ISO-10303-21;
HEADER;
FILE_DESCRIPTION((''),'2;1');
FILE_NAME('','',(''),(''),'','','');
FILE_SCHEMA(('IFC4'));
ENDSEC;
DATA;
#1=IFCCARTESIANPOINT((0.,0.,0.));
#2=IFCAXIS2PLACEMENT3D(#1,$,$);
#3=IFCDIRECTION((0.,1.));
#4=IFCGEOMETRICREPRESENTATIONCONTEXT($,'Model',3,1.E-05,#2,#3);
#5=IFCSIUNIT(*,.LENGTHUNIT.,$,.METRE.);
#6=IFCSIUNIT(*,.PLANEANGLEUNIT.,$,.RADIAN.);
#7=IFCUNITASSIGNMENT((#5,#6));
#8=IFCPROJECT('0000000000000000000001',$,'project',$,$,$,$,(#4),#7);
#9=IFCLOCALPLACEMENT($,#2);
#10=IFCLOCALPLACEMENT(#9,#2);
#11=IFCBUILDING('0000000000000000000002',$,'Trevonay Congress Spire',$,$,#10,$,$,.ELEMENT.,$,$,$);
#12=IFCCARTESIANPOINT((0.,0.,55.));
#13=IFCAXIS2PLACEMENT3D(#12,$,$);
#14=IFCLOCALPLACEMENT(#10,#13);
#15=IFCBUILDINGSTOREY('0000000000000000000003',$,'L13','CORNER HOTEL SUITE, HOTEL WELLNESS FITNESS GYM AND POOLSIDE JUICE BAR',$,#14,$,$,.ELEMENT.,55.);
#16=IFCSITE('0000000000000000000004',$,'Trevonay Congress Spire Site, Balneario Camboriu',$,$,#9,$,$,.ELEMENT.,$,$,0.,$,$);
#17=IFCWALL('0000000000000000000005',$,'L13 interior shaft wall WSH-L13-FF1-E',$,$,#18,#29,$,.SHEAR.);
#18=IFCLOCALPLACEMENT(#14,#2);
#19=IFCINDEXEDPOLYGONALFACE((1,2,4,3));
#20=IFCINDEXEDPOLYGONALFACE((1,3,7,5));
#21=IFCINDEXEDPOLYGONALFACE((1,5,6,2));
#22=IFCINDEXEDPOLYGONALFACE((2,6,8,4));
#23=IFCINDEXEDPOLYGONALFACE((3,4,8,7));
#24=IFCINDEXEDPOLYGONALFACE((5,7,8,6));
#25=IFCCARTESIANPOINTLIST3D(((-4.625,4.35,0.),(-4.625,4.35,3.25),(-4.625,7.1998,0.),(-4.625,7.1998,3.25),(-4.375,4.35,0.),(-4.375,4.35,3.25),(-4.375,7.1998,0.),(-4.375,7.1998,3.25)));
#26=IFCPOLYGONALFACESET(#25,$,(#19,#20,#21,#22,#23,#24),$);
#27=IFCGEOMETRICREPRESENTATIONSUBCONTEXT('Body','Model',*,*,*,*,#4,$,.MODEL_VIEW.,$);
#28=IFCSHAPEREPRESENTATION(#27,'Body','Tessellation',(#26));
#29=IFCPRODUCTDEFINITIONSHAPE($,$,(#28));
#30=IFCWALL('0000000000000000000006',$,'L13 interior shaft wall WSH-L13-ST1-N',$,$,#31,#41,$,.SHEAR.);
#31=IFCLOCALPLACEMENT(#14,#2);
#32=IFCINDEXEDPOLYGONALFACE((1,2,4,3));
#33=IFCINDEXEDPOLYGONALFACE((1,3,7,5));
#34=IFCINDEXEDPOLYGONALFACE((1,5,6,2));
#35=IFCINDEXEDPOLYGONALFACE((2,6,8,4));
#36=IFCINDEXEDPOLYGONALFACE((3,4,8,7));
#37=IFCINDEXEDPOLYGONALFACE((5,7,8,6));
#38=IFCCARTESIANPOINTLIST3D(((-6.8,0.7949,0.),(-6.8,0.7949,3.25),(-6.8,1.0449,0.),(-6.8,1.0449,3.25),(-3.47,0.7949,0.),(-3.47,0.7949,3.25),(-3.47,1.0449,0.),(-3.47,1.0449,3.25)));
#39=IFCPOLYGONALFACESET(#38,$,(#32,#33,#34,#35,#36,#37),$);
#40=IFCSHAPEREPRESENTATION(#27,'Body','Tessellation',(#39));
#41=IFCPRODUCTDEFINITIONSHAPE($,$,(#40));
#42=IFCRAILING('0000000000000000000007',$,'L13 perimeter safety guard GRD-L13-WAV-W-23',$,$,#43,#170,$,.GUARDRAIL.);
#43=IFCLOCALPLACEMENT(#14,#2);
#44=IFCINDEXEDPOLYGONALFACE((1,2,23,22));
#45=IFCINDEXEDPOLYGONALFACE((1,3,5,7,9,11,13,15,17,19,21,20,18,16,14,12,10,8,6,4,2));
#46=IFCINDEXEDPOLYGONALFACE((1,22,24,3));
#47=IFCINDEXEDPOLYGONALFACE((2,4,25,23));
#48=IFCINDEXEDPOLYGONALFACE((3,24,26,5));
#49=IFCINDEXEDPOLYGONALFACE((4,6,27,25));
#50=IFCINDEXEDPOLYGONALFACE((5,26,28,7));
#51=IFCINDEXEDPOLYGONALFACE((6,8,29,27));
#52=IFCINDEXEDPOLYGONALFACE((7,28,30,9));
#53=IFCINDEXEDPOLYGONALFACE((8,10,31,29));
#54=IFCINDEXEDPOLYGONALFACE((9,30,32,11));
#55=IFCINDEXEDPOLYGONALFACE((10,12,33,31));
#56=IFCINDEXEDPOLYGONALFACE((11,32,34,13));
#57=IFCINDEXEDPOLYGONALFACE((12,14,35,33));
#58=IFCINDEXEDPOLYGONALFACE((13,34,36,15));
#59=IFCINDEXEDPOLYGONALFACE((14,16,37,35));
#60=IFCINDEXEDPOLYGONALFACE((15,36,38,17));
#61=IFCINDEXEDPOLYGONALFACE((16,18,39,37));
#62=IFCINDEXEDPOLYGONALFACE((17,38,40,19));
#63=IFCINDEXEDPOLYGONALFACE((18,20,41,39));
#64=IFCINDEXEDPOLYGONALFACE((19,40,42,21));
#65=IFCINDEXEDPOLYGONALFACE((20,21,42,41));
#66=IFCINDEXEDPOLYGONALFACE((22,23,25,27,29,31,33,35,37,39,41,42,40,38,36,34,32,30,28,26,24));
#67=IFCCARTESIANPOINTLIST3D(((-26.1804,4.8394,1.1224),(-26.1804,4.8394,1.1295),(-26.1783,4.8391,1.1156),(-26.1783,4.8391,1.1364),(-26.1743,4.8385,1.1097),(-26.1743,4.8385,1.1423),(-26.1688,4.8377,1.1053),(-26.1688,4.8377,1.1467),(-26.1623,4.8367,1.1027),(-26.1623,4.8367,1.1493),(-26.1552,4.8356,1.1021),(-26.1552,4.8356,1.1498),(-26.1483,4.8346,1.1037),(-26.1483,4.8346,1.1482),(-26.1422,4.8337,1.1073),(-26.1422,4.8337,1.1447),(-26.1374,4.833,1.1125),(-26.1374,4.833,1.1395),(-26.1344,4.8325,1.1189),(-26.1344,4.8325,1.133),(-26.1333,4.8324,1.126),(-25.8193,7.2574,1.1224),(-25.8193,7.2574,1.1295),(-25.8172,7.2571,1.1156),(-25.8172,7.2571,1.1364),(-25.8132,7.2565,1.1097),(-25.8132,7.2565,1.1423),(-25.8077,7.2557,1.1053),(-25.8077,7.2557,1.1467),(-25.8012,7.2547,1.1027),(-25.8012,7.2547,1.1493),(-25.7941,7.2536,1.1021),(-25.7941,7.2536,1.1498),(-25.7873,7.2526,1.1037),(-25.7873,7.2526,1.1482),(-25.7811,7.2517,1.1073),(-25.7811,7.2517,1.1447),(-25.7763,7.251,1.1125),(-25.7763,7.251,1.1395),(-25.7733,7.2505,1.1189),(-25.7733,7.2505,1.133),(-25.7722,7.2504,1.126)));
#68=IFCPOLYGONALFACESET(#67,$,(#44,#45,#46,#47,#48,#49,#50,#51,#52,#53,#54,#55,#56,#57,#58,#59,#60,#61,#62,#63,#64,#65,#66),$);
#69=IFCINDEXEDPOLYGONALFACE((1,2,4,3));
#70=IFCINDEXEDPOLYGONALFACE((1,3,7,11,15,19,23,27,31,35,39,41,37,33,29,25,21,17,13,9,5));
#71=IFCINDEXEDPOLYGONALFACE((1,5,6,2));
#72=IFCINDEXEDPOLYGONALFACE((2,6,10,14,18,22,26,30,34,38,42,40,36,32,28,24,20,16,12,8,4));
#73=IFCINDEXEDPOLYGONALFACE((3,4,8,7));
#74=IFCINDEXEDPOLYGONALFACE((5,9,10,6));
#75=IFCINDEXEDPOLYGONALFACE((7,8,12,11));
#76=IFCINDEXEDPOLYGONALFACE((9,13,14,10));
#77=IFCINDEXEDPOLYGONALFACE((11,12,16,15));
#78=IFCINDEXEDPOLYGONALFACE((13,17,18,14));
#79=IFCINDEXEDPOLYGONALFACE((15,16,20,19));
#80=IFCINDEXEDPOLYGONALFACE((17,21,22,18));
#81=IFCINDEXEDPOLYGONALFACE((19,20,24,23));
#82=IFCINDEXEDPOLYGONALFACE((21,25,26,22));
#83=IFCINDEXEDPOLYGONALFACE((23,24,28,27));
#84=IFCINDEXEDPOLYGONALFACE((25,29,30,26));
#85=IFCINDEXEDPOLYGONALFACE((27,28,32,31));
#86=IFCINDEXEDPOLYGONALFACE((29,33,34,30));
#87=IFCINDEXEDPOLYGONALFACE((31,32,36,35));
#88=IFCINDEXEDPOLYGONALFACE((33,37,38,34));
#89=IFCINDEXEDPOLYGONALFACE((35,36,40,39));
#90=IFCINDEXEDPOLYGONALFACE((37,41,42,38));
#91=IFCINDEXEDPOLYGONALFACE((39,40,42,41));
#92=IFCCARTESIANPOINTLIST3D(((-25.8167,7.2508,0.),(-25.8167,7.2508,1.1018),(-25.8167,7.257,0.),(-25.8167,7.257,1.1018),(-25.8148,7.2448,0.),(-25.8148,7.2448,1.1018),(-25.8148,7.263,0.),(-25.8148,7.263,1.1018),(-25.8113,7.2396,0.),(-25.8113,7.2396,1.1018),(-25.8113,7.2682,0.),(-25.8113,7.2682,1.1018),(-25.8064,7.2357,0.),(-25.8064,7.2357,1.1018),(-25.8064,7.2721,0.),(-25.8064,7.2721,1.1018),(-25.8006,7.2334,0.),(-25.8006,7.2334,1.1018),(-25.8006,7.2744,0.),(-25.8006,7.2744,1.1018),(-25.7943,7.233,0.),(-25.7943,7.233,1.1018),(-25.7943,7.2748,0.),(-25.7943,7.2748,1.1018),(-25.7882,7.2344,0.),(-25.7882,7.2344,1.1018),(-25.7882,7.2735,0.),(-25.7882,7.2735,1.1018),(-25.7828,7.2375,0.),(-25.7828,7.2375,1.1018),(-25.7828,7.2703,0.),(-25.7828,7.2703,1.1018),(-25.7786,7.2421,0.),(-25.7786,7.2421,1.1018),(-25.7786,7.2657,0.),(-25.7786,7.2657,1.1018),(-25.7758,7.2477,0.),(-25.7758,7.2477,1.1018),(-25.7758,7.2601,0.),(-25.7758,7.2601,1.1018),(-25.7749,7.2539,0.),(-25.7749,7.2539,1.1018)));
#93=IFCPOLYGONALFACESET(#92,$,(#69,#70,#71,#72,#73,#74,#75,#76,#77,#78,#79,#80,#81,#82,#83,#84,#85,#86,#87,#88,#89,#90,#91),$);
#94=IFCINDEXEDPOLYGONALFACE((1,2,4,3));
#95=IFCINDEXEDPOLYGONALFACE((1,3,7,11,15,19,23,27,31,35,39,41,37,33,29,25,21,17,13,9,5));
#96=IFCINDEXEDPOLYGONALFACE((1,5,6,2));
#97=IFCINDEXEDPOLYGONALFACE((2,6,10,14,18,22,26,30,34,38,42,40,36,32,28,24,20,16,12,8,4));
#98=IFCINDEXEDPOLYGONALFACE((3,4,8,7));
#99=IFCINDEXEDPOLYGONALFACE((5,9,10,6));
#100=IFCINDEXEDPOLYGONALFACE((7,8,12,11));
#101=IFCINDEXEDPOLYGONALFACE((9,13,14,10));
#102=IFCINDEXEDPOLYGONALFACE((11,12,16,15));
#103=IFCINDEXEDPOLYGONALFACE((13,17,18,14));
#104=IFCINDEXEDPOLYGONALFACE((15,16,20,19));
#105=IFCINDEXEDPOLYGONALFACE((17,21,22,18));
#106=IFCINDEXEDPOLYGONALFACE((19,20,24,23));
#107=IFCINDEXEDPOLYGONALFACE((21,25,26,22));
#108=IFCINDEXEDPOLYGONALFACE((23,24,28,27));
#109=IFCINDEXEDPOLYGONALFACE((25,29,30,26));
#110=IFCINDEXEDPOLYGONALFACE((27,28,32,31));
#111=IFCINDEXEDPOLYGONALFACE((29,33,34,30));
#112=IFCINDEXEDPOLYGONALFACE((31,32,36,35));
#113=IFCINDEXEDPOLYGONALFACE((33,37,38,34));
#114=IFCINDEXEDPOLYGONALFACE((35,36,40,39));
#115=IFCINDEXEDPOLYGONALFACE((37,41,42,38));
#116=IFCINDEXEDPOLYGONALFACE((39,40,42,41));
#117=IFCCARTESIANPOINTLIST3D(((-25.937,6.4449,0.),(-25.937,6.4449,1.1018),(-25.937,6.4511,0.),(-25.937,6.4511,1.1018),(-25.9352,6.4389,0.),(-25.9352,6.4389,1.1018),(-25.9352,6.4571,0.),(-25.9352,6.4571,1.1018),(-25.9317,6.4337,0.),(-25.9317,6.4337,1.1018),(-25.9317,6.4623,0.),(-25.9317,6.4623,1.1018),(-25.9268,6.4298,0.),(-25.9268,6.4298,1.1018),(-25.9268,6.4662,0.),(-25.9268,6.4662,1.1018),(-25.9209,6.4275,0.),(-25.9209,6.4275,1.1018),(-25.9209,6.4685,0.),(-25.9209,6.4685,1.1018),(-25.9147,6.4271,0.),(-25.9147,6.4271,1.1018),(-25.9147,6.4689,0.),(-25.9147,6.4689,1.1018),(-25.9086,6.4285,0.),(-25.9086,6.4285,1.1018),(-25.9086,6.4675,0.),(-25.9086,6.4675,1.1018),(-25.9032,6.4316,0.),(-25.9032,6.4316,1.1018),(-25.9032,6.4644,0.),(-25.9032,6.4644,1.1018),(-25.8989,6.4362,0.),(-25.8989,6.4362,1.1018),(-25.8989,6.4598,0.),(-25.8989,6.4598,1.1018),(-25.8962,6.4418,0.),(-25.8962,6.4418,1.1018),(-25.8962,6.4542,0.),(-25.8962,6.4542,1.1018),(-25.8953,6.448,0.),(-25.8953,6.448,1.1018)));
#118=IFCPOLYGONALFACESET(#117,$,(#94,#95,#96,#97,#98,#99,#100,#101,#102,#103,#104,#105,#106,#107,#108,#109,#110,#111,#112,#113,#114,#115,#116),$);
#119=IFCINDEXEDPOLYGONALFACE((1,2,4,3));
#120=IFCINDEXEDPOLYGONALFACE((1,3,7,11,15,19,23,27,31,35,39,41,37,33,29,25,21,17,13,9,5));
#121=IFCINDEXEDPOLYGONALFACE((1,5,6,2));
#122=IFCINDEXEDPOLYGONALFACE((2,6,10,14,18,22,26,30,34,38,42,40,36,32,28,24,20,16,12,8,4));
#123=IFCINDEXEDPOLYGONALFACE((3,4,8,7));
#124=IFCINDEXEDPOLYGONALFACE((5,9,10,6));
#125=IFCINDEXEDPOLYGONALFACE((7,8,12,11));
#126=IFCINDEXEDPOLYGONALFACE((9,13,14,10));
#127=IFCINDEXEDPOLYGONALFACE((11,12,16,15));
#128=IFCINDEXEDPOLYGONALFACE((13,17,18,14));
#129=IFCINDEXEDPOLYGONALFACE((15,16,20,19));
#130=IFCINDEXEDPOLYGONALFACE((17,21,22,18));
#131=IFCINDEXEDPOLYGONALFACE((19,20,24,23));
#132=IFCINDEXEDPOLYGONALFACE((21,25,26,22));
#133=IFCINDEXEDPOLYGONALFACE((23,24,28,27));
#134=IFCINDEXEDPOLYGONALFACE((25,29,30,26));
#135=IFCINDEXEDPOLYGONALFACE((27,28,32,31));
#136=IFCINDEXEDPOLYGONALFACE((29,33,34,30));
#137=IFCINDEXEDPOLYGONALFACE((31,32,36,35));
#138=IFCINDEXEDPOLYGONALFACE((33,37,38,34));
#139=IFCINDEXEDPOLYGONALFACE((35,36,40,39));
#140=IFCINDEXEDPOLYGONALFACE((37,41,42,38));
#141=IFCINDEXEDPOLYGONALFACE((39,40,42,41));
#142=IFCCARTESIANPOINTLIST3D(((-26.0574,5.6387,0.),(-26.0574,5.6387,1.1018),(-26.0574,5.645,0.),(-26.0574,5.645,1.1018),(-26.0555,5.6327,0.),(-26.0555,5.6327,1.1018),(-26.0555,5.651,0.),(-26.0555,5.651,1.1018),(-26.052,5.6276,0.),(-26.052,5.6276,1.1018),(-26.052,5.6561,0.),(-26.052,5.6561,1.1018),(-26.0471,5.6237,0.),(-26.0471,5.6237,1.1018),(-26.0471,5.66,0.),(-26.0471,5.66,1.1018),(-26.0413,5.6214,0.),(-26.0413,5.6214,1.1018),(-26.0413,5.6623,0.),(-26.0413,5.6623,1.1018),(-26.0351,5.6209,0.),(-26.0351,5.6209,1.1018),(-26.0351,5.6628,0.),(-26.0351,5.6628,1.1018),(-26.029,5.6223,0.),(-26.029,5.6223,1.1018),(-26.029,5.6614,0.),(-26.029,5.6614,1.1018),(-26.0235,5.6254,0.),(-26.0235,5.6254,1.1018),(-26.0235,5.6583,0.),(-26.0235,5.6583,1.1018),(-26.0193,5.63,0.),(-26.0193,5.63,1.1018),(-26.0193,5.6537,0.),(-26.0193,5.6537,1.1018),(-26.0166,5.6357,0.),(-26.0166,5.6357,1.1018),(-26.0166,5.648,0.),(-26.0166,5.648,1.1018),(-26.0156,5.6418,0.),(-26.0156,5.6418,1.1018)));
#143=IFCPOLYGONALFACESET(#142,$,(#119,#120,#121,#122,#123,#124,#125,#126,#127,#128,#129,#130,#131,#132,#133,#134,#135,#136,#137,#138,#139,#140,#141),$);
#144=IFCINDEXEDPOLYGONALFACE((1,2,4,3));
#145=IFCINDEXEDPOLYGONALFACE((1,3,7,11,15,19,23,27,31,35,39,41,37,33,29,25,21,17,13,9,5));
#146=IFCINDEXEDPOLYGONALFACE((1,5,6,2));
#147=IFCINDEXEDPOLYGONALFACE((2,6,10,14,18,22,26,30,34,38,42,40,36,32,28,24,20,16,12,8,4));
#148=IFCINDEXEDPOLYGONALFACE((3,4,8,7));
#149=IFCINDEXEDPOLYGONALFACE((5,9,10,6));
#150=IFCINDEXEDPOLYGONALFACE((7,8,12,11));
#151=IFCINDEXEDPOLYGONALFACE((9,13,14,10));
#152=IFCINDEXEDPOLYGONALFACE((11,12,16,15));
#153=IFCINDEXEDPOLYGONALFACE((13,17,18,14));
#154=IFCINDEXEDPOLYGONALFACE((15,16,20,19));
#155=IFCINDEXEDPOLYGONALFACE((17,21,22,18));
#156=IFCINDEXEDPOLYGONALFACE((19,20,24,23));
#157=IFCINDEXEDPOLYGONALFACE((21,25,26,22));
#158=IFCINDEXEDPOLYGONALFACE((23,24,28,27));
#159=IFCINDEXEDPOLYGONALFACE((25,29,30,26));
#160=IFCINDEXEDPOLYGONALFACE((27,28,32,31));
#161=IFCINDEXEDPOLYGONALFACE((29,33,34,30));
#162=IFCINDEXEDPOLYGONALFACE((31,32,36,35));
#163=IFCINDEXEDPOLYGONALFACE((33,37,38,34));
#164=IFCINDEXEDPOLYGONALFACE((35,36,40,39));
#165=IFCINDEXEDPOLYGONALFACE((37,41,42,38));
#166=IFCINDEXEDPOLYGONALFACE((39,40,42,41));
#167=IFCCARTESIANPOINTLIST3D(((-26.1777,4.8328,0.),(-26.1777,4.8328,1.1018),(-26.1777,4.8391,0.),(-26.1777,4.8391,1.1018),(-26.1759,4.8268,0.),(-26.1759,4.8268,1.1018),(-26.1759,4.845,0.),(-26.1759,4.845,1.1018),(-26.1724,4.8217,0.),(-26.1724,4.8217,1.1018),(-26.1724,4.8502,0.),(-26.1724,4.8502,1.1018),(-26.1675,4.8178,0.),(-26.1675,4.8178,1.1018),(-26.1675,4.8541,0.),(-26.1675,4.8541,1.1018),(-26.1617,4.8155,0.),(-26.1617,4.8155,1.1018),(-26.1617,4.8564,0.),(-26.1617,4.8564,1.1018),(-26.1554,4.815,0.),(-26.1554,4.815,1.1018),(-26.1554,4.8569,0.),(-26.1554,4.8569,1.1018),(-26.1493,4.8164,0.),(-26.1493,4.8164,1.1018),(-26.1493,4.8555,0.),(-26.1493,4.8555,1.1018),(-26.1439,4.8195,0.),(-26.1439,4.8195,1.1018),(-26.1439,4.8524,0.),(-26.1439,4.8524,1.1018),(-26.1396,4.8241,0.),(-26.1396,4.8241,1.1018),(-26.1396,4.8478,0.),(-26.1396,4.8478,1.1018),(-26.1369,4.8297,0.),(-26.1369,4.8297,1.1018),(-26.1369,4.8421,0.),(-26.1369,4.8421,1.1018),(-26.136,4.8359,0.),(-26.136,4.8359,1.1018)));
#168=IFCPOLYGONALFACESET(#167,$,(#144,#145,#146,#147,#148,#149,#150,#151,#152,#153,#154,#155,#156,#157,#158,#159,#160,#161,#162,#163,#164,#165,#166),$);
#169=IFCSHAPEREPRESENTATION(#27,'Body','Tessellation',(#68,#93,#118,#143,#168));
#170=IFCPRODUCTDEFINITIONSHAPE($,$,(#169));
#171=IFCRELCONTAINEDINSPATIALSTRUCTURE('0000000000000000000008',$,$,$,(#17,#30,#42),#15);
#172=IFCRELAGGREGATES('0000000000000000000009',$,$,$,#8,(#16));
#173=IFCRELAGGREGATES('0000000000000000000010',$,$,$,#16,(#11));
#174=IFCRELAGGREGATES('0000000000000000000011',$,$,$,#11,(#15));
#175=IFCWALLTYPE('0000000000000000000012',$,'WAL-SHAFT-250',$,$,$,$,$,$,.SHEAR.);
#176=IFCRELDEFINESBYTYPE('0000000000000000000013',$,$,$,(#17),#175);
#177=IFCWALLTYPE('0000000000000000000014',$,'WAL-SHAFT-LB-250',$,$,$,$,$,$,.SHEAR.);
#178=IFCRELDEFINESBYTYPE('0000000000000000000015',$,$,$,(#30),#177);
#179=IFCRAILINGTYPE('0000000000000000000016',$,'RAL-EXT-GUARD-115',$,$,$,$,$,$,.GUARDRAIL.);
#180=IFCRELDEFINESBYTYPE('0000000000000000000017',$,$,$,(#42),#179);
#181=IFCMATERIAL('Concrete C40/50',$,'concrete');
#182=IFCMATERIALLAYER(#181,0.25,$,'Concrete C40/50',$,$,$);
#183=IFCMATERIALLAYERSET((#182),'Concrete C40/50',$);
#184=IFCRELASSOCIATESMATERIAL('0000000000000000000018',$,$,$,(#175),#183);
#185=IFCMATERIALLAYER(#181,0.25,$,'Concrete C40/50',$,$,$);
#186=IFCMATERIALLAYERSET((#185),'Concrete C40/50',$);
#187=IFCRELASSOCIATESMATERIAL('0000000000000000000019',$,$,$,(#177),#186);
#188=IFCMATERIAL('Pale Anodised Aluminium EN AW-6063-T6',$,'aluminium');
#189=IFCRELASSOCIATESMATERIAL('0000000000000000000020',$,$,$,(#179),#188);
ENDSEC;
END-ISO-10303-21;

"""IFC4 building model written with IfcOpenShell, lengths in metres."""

from ifc_helpers import new_model, si_unit, direction, frame, frame_2d, origin, origin_2d, place, context, subcontext, project, spatial, rectangle, circle, extrude, material, layer, layer_set, type_object, element, save


model = new_model("IFC4")

# Units and contexts
model_context = context("Model", 3, precision=1e-05, world=origin(), true_north=direction((0.0, 1.0)))
body_context = subcontext(model_context, "Body", "Model", "MODEL_VIEW")
ifc_project = project(units=[si_unit("LENGTHUNIT", "METRE"), si_unit("PLANEANGLEUNIT", "RADIAN")], contexts=[model_context])

# Site, building, storey
site_placement = place(None, origin())
site = spatial("IfcSite", under=ifc_project, at=site_placement, Name="Trevonay Congress Spire Site, Balneario Camboriu", CompositionType="ELEMENT", RefElevation=0.0)
building_placement = place(site_placement, origin())
building = spatial("IfcBuilding", under=site, at=building_placement, Name="Trevonay Congress Spire", CompositionType="ELEMENT")
storey_placement = place(building_placement, frame((0.0, 0.0, 55.0)))
storey = spatial("IfcBuildingStorey", under=building, at=storey_placement, Name="L13", Description="CORNER HOTEL SUITE, HOTEL WELLNESS FITNESS GYM AND POOLSIDE JUICE BAR", CompositionType="ELEMENT", Elevation=55.0)

# Shared definitions
ifc_material_1 = material(Name="Pale Anodised Aluminium EN AW-6063-T6", Category="aluminium")

# Shared definitions
ifc_material_2 = material(Name="Concrete C40/50", Category="concrete")

# Shared definitions
ifc_layer_1 = layer(ifc_material_2, 0.25, Name="Concrete C40/50")
ifc_layer_set_1 = layer_set([ifc_layer_1], Name="Concrete C40/50")
wall_type_1 = type_object("IfcWallType", Name="WAL-SHAFT-250", PredefinedType="SHEAR", material=ifc_layer_set_1)

# Walls
wall_1_placement = place(storey_placement, frame((-4.5, 4.3501, 0.0), z_axis=(0.0, 0.0, 1.0), x_axis=(0.0, 1.0, 0.0)))
element("IfcWall", 1, at=wall_1_placement, inside=storey, type_object=wall_type_1, Name="L13 interior shaft wall WSH-L13-FF1-E", PredefinedType="SHEAR", context=body_context, shape_type="SweptSolid", body=[
    extrude(rectangle(XDim=2.8499, YDim=0.25, at=frame_2d((1.4248, 0.0))), origin(), (0.0, 0.0, 1.0), 3.25),
])
ifc_layer_2 = layer(ifc_material_2, 0.25, Name="Concrete C40/50")
ifc_layer_set_2 = layer_set([ifc_layer_2], Name="Concrete C40/50")
wall_type_2 = type_object("IfcWallType", Name="WAL-SHAFT-LB-250", PredefinedType="SHEAR", material=ifc_layer_set_2)
wall_2_placement = place(storey_placement, frame((-6.8, 0.9199, 0.0), z_axis=(0.0, 0.0, 1.0), x_axis=(1.0, 0.0, 0.0)))
element("IfcWall", 2, at=wall_2_placement, inside=storey, type_object=wall_type_2, Name="L13 interior shaft wall WSH-L13-ST1-N", PredefinedType="SHEAR", context=body_context, shape_type="SweptSolid", body=[
    extrude(rectangle(XDim=3.3301, YDim=0.25, at=frame_2d((1.665, 0.0))), origin(), (0.0, 0.0, 1.0), 3.25),
])

# Railing
railing_type = type_object("IfcRailingType", Name="RAL-EXT-GUARD-115", PredefinedType="GUARDRAIL", material=ifc_material_1)
railing_1_placement = place(storey_placement, frame((-25.7959, 7.2539, 0.0)))
element("IfcRailing", 3, at=railing_1_placement, inside=storey, type_object=railing_type, Name="L13 perimeter safety guard GRD-L13-WAV-W-23", PredefinedType="GUARDRAIL", context=body_context, shape_type="SweptSolid", body=[
    extrude(circle(Radius=0.0239, at=origin_2d()), frame((0.0, 0.0, 1.126), z_axis=(-0.147696, -0.989033, 0.0), x_axis=(0.989033, -0.147696, 0.0)), (0.0, 0.0, 1.0), 2.4448),
    extrude(circle(Radius=0.021, at=origin_2d()), origin(), (0.0, 0.0, 1.0), 1.1018),
    extrude(circle(Radius=0.021, at=origin_2d()), frame((-0.1204, -0.8059, 0.0)), (0.0, 0.0, 1.0), 1.1018),
    extrude(circle(Radius=0.021, at=origin_2d()), frame((-0.2407, -1.6121, 0.0)), (0.0, 0.0, 1.0), 1.1018),
    extrude(circle(Radius=0.021, at=origin_2d()), frame((-0.3611, -2.418, 0.0)), (0.0, 0.0, 1.0), 1.1018),
])

save(model, "model.ifc")
